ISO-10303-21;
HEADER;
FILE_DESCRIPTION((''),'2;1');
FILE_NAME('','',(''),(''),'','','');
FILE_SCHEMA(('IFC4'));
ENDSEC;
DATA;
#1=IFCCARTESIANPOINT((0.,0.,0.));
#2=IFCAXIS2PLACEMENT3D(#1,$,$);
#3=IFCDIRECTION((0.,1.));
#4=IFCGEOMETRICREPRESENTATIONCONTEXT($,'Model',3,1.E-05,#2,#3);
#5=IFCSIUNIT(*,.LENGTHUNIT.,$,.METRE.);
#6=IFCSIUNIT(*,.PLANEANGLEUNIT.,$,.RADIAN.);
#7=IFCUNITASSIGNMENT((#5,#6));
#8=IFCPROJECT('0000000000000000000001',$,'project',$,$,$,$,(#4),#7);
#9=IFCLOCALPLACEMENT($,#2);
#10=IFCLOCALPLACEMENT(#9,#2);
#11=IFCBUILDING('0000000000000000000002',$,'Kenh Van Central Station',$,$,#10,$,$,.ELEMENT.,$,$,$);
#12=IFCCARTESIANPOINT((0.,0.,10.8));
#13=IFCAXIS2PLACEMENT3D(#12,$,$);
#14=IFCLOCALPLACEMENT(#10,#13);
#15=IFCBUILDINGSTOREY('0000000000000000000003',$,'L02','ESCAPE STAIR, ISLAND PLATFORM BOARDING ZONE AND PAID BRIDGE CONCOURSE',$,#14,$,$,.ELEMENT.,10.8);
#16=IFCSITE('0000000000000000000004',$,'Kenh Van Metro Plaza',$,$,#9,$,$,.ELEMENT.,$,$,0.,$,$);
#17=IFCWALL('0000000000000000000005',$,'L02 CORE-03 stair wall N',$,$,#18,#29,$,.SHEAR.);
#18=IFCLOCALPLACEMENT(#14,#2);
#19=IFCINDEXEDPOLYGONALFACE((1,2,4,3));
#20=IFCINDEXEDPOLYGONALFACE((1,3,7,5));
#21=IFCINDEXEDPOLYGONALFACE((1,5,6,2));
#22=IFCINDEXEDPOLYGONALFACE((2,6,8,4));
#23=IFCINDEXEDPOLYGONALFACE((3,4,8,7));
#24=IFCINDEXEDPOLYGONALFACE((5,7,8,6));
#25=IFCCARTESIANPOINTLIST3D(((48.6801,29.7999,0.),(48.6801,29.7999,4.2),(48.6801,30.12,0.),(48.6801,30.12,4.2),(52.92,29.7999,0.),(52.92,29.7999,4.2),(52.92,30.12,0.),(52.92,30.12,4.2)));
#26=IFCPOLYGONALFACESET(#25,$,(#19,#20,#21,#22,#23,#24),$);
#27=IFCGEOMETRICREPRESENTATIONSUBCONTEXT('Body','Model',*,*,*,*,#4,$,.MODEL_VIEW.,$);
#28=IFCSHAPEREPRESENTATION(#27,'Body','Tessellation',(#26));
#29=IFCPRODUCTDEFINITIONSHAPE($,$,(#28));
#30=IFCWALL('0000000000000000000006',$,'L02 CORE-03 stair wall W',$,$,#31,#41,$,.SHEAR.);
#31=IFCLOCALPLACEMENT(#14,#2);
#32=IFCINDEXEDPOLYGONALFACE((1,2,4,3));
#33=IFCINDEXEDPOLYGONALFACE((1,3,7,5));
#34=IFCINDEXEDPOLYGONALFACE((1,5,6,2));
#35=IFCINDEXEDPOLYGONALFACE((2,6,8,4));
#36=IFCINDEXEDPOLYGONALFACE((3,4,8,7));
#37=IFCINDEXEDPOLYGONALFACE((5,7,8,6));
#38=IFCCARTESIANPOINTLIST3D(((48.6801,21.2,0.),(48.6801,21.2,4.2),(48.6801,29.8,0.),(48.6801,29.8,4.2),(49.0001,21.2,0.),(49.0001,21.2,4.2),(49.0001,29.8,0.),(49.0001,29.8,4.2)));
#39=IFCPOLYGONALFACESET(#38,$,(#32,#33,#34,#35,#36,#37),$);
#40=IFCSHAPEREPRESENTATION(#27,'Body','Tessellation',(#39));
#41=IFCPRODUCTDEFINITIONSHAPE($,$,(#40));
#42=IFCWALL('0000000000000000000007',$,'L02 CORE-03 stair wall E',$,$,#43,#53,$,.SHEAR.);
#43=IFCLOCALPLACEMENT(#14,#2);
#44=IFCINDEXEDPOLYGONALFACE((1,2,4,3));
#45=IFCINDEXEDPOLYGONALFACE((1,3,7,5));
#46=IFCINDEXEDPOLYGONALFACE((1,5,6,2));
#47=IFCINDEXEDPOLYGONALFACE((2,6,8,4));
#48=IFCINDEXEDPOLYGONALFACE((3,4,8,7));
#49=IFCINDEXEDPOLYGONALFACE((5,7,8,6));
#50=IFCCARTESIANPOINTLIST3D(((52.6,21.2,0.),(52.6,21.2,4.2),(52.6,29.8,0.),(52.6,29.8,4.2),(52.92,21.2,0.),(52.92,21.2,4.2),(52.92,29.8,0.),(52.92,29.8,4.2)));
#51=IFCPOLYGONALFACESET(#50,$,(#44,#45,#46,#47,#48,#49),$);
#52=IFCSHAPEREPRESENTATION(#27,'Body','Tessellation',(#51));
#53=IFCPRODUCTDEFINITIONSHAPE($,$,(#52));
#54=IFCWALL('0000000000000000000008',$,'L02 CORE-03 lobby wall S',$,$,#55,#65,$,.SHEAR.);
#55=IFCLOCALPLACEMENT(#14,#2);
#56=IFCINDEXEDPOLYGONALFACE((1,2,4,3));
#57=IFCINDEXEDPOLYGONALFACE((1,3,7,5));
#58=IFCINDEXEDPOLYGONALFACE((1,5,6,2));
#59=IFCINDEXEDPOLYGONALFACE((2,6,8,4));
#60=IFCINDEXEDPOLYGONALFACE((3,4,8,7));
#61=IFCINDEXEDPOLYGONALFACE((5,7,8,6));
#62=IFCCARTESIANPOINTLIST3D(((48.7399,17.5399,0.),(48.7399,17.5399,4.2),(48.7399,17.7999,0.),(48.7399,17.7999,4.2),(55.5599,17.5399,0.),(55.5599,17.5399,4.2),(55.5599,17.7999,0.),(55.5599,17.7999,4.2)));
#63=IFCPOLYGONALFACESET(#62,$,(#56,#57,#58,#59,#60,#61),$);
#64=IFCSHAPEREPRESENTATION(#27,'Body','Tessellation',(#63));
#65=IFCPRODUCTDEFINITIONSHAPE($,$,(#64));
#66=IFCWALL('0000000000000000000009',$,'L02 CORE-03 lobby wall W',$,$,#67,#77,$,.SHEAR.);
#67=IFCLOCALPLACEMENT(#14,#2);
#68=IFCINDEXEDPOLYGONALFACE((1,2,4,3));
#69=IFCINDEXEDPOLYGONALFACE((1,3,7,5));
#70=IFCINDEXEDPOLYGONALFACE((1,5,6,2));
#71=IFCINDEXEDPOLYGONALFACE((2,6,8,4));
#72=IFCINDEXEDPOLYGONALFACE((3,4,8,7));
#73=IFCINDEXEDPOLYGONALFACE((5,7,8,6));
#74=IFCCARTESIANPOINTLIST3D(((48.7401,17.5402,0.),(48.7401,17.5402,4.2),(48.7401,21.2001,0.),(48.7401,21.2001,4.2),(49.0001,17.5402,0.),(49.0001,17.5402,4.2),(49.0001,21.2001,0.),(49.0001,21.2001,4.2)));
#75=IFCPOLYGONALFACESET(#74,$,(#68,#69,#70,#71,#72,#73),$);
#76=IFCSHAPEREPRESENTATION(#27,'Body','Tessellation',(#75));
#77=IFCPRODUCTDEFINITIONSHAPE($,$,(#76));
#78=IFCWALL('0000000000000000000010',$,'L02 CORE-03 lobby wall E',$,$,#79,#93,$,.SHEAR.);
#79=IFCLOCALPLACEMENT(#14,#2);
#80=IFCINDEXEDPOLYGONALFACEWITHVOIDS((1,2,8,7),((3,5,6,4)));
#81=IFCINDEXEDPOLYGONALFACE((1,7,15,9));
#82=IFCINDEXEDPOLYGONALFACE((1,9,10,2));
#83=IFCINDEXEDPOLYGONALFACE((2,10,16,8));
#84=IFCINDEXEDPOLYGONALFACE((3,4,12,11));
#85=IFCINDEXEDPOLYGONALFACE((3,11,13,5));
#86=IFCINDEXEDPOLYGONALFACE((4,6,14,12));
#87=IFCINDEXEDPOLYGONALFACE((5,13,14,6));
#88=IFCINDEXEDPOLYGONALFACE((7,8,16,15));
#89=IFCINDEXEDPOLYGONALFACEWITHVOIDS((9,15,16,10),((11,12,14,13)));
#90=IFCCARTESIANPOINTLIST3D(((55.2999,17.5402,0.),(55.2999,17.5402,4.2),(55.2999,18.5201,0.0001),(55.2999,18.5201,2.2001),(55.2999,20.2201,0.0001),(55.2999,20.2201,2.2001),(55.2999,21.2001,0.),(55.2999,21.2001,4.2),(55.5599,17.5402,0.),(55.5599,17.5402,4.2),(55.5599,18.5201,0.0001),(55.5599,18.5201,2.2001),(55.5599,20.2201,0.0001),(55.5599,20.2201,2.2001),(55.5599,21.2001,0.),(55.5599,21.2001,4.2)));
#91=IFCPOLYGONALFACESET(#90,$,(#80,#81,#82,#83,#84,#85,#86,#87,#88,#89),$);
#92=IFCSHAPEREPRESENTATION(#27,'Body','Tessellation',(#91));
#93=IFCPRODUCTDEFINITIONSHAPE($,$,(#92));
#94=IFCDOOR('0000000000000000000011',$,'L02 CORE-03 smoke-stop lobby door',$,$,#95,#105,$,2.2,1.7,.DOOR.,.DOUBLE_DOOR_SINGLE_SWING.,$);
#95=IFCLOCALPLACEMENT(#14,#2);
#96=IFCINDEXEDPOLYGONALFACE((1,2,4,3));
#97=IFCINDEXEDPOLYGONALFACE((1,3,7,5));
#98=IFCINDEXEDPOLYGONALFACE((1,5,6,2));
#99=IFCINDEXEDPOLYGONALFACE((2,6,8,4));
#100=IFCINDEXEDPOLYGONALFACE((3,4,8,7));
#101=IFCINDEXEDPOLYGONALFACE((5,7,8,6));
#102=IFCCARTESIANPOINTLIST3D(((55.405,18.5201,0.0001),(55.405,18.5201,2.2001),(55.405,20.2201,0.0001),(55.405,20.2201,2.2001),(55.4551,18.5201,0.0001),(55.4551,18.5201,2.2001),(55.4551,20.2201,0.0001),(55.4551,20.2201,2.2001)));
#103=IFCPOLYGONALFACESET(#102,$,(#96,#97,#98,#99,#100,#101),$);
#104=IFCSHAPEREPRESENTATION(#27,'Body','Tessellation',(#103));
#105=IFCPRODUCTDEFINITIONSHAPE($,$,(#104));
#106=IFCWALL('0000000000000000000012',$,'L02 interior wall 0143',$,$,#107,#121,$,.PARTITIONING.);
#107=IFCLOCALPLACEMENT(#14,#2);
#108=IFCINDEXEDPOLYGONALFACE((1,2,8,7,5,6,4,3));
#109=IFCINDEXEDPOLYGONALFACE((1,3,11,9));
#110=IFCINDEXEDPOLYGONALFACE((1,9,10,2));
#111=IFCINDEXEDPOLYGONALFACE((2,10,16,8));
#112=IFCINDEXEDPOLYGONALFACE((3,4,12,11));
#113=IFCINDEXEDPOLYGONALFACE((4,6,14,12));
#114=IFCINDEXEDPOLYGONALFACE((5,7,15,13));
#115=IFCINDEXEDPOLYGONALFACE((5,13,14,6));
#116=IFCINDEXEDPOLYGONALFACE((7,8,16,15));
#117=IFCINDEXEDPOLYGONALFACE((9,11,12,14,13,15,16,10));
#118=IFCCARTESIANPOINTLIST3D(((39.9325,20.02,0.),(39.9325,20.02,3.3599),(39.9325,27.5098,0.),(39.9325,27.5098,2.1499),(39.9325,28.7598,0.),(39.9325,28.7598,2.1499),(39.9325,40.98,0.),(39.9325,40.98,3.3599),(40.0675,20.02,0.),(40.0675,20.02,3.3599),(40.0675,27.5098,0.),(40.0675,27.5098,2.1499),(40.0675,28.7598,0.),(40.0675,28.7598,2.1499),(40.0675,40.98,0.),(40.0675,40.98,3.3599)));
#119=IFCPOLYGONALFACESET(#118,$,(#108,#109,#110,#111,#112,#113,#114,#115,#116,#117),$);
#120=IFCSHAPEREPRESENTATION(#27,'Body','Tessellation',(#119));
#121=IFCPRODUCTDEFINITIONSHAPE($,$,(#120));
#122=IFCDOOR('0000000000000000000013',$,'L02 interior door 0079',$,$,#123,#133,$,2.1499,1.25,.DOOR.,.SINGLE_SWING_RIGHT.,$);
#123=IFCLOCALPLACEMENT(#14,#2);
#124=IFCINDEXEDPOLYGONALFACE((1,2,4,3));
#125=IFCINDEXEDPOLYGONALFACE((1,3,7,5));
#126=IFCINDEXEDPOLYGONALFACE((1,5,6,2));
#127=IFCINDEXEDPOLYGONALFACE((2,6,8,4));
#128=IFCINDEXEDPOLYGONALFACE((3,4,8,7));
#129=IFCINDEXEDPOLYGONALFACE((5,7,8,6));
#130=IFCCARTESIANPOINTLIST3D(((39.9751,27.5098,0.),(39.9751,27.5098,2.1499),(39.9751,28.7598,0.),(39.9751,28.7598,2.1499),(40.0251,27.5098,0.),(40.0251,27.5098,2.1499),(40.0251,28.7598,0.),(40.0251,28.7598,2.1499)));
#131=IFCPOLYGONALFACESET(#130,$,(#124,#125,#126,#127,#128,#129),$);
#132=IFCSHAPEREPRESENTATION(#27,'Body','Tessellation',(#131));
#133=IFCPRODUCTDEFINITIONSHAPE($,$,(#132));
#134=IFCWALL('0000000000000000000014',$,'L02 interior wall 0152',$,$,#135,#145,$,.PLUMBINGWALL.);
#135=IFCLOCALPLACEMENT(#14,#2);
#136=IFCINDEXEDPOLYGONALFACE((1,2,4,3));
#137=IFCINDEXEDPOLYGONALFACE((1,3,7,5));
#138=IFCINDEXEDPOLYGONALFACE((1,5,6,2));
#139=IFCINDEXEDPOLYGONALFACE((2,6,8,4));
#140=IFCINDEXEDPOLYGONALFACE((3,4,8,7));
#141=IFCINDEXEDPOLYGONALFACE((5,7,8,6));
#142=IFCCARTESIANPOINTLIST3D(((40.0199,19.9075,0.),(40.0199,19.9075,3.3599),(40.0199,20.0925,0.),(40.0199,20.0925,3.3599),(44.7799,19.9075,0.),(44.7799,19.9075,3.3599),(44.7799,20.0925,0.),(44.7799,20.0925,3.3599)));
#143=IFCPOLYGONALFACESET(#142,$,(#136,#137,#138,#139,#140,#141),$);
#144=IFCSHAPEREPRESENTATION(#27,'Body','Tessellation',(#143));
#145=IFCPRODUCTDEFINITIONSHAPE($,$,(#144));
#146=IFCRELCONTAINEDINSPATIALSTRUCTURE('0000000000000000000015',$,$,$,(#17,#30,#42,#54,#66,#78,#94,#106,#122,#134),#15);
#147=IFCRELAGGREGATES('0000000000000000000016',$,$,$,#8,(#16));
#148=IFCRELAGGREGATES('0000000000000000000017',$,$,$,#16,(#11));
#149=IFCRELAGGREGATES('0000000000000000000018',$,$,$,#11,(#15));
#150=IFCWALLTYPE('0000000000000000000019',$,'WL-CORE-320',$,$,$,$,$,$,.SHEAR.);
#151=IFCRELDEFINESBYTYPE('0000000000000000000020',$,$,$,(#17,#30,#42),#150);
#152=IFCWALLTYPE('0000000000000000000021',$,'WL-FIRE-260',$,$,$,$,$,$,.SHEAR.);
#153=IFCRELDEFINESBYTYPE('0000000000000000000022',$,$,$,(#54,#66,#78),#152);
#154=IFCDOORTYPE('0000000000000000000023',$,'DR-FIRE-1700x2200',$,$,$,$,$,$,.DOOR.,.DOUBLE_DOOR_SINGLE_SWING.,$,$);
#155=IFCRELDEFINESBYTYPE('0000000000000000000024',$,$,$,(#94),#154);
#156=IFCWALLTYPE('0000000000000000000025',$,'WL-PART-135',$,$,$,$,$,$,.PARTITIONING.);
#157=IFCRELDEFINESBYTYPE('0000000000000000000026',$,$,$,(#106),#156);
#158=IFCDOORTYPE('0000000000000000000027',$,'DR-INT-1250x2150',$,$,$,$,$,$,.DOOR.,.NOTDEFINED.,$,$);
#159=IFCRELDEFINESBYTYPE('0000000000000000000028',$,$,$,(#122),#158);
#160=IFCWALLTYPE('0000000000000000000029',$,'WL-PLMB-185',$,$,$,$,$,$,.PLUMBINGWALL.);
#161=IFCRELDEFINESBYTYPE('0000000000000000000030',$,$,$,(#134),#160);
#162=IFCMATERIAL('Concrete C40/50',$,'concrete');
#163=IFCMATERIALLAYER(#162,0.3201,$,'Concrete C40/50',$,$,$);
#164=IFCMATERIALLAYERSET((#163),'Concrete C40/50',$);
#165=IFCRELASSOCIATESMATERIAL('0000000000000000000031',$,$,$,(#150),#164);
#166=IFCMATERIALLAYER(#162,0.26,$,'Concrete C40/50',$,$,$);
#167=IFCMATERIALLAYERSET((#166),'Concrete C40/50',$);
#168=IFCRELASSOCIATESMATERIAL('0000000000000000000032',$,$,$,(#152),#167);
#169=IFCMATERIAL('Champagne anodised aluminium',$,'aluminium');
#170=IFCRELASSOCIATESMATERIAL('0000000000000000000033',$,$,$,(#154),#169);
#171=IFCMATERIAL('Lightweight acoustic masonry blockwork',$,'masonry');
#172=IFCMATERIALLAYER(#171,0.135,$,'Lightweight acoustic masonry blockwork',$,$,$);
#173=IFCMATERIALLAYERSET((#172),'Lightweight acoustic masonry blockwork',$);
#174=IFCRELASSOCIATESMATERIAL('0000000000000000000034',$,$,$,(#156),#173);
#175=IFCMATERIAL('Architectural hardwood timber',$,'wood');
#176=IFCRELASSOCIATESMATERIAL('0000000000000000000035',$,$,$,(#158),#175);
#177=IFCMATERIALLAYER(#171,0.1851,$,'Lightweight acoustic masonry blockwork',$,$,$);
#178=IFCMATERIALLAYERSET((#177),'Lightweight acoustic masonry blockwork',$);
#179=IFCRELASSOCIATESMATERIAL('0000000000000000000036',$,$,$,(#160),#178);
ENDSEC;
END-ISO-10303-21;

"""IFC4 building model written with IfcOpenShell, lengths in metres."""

from ifc_helpers import new_model, si_unit, direction, frame, frame_2d, origin, place, context, subcontext, project, spatial, rectangle, extrude, material, layer, layer_set, type_object, element, fill, save


model = new_model("IFC4")

# Units and contexts
model_context = context("Model", 3, precision=1e-05, world=origin(), true_north=direction((0.0, 1.0)))
body_context = subcontext(model_context, "Body", "Model", "MODEL_VIEW")
ifc_project = project(units=[si_unit("LENGTHUNIT", "METRE"), si_unit("PLANEANGLEUNIT", "RADIAN")], contexts=[model_context])

# Site, building, storey
site_placement = place(None, origin())
site = spatial("IfcSite", under=ifc_project, at=site_placement, Name="Kenh Van Metro Plaza", CompositionType="ELEMENT", RefElevation=0.0)
building_placement = place(site_placement, origin())
building = spatial("IfcBuilding", under=site, at=building_placement, Name="Kenh Van Central Station", CompositionType="ELEMENT")
storey_placement = place(building_placement, frame((0.0, 0.0, 10.8)))
storey = spatial("IfcBuildingStorey", under=building, at=storey_placement, Name="L02", Description="ESCAPE STAIR, ISLAND PLATFORM BOARDING ZONE AND PAID BRIDGE CONCOURSE", CompositionType="ELEMENT", Elevation=10.8)

# Shared definitions
ifc_material_1 = material(Name="Champagne anodised aluminium", Category="aluminium")

# Shared definitions
ifc_material_2 = material(Name="Concrete C40/50", Category="concrete")

# Shared definitions
ifc_layer_1 = layer(ifc_material_2, 0.3201, Name="Concrete C40/50")
ifc_layer_set_1 = layer_set([ifc_layer_1], Name="Concrete C40/50")
wall_type_1 = type_object("IfcWallType", Name="WL-CORE-320", PredefinedType="SHEAR", material=ifc_layer_set_1)

# Walls
wall_1_placement = place(storey_placement, frame((48.6799, 29.96, 0.0), z_axis=(0.0, 0.0, 1.0), x_axis=(1.0, 0.0, 0.0)))
element("IfcWall", 1, at=wall_1_placement, inside=storey, type_object=wall_type_1, Name="L02 CORE-03 stair wall N", PredefinedType="SHEAR", context=body_context, shape_type="SweptSolid", body=[
    extrude(rectangle(XDim=4.24, YDim=0.3201, at=frame_2d((2.1201, 0.0))), origin(), (0.0, 0.0, 1.0), 4.2),
])
for number, where, z_axis, x_axis, name in (
    (2, (48.8401, 21.2, 0.0), (0.0, 0.0, 1.0), (0.0, 1.0, 0.0), "L02 CORE-03 stair wall W"),
    (3, (52.76, 21.2, 0.0), (0.0, 0.0, 1.0), (0.0, 1.0, 0.0), "L02 CORE-03 stair wall E"),
):
    element("IfcWall", number, at=place(storey_placement, frame(where, z_axis=z_axis, x_axis=x_axis)), inside=storey, type_object=wall_type_1, Name=name, PredefinedType="SHEAR", context=body_context, shape_type="SweptSolid", body=[
        extrude(rectangle(XDim=8.6001, YDim=0.3201, at=frame_2d((4.3, 0.0))), origin(), (0.0, 0.0, 1.0), 4.2),
    ])
ifc_layer_2 = layer(ifc_material_2, 0.26, Name="Concrete C40/50")
ifc_layer_set_2 = layer_set([ifc_layer_2], Name="Concrete C40/50")
wall_type_2 = type_object("IfcWallType", Name="WL-FIRE-260", PredefinedType="SHEAR", material=ifc_layer_set_2)
wall_2_placement = place(storey_placement, frame((55.5601, 17.6699, 0.0), z_axis=(0.0, 0.0, 1.0), x_axis=(-1.0, 0.0, 0.0)))
element("IfcWall", 4, at=wall_2_placement, inside=storey, type_object=wall_type_2, Name="L02 CORE-03 lobby wall S", PredefinedType="SHEAR", context=body_context, shape_type="SweptSolid", body=[
    extrude(rectangle(XDim=6.8201, YDim=0.26, at=frame_2d((3.4102, 0.0))), origin(), (0.0, 0.0, 1.0), 4.2),
])
wall_3_placement = place(storey_placement, frame((48.8701, 17.54, 0.0), z_axis=(0.0, 0.0, 1.0), x_axis=(0.0, 1.0, 0.0)))
element("IfcWall", 5, at=wall_3_placement, inside=storey, type_object=wall_type_2, Name="L02 CORE-03 lobby wall W", PredefinedType="SHEAR", context=body_context, shape_type="SweptSolid", body=[
    extrude(rectangle(XDim=3.6599, YDim=0.26, at=frame_2d((1.8301, 0.0))), origin(), (0.0, 0.0, 1.0), 4.2),
])

# Walls, openings, doors
wall_4_placement = place(storey_placement, frame((55.4299, 17.54, 0.0), z_axis=(0.0, 0.0, 1.0), x_axis=(0.0, 1.0, 0.0)))
wall_4 = element("IfcWall", 6, at=wall_4_placement, inside=storey, type_object=wall_type_2, Name="L02 CORE-03 lobby wall E", PredefinedType="SHEAR", context=body_context, shape_type="SweptSolid", body=[
    extrude(rectangle(XDim=3.6599, YDim=0.26, at=frame_2d((1.8301, 0.0))), origin(), (0.0, 0.0, 1.0), 4.2),
])
opening_1_placement = place(wall_4_placement, frame((0.98, 0.0, 0.0)))
opening_1 = element("IfcOpeningElement", 7, at=opening_1_placement, cuts=wall_4, PredefinedType="OPENING", context=body_context, shape_type="SweptSolid", body=[
    extrude(rectangle(XDim=1.7, YDim=2.2, at=frame_2d((0.8501, 1.1001))), frame((0.0, 0.1399, 0.0), z_axis=(0.0, -1.0, 0.0), x_axis=(1.0, 0.0, 0.0)), (0.0, 0.0, 1.0), 0.28),
])
door_type_1 = type_object("IfcDoorType", Name="DR-FIRE-1700x2200", OperationType="DOUBLE_DOOR_SINGLE_SWING", PredefinedType="DOOR", material=ifc_material_1)
door_1_placement = place(opening_1_placement, origin())
door_1 = element("IfcDoor", 8, at=door_1_placement, inside=storey, type_object=door_type_1, Name="L02 CORE-03 smoke-stop lobby door", OperationType="DOUBLE_DOOR_SINGLE_SWING", OverallHeight=2.2, OverallWidth=1.7, PredefinedType="DOOR", context=body_context, shape_type="SweptSolid", body=[
    extrude(rectangle(XDim=1.7, YDim=2.2, at=frame_2d((0.8501, 1.1001))), frame((0.0, 0.0249, 0.0), z_axis=(0.0, -1.0, 0.0), x_axis=(1.0, 0.0, 0.0)), (0.0, 0.0, 1.0), 0.05),
])
fill(opening_1, door_1)
ifc_material_3 = material(Name="Lightweight acoustic masonry blockwork", Category="masonry")
ifc_layer_3 = layer(ifc_material_3, 0.135, Name="Lightweight acoustic masonry blockwork")
ifc_layer_set_3 = layer_set([ifc_layer_3], Name="Lightweight acoustic masonry blockwork")
wall_type_3 = type_object("IfcWallType", Name="WL-PART-135", PredefinedType="PARTITIONING", material=ifc_layer_set_3)
wall_5_placement = place(storey_placement, frame((40.0, 20.02, 0.0), z_axis=(0.0, 0.0, 1.0), x_axis=(0.0, 1.0, 0.0)))
wall_5 = element("IfcWall", 9, at=wall_5_placement, inside=storey, type_object=wall_type_3, Name="L02 interior wall 0143", PredefinedType="PARTITIONING", context=body_context, shape_type="SweptSolid", body=[
    extrude(rectangle(XDim=20.96, YDim=0.135, at=frame_2d((10.48, 0.0))), origin(), (0.0, 0.0, 1.0), 3.3599),
])
opening_2_placement = place(wall_5_placement, frame((7.4897, 0.0, 0.0)))
opening_2 = element("IfcOpeningElement", 10, at=opening_2_placement, cuts=wall_5, PredefinedType="OPENING", context=body_context, shape_type="SweptSolid", body=[
    extrude(rectangle(XDim=1.25, YDim=2.1499, at=frame_2d((0.625, 1.075))), frame((0.0, 0.0774, 0.0), z_axis=(0.0, -1.0, 0.0), x_axis=(1.0, 0.0, 0.0)), (0.0, 0.0, 1.0), 0.155),
])
ifc_material_4 = material(Name="Architectural hardwood timber", Category="wood")
door_type_2 = type_object("IfcDoorType", Name="DR-INT-1250x2150", OperationType="NOTDEFINED", PredefinedType="DOOR", material=ifc_material_4)
door_2_placement = place(opening_2_placement, origin())
door_2 = element("IfcDoor", 11, at=door_2_placement, inside=storey, type_object=door_type_2, Name="L02 interior door 0079", OperationType="SINGLE_SWING_RIGHT", OverallHeight=2.1499, OverallWidth=1.25, PredefinedType="DOOR", context=body_context, shape_type="SweptSolid", body=[
    extrude(rectangle(XDim=1.25, YDim=2.1499, at=frame_2d((0.625, 1.075))), frame((0.0, 0.0249, 0.0), z_axis=(0.0, -1.0, 0.0), x_axis=(1.0, 0.0, 0.0)), (0.0, 0.0, 1.0), 0.05),
])
fill(opening_2, door_2)

# Wall
ifc_layer_4 = layer(ifc_material_3, 0.1851, Name="Lightweight acoustic masonry blockwork")
ifc_layer_set_4 = layer_set([ifc_layer_4], Name="Lightweight acoustic masonry blockwork")
wall_type_4 = type_object("IfcWallType", Name="WL-PLMB-185", PredefinedType="PLUMBINGWALL", material=ifc_layer_set_4)
wall_6_placement = place(storey_placement, frame((40.02, 20.0, 0.0), z_axis=(0.0, 0.0, 1.0), x_axis=(1.0, 0.0, 0.0)))
element("IfcWall", 12, at=wall_6_placement, inside=storey, type_object=wall_type_4, Name="L02 interior wall 0152", PredefinedType="PLUMBINGWALL", context=body_context, shape_type="SweptSolid", body=[
    extrude(rectangle(XDim=4.76, YDim=0.1851, at=frame_2d((2.3799, 0.0))), origin(), (0.0, 0.0, 1.0), 3.3599),
])

save(model, "model.ifc")
